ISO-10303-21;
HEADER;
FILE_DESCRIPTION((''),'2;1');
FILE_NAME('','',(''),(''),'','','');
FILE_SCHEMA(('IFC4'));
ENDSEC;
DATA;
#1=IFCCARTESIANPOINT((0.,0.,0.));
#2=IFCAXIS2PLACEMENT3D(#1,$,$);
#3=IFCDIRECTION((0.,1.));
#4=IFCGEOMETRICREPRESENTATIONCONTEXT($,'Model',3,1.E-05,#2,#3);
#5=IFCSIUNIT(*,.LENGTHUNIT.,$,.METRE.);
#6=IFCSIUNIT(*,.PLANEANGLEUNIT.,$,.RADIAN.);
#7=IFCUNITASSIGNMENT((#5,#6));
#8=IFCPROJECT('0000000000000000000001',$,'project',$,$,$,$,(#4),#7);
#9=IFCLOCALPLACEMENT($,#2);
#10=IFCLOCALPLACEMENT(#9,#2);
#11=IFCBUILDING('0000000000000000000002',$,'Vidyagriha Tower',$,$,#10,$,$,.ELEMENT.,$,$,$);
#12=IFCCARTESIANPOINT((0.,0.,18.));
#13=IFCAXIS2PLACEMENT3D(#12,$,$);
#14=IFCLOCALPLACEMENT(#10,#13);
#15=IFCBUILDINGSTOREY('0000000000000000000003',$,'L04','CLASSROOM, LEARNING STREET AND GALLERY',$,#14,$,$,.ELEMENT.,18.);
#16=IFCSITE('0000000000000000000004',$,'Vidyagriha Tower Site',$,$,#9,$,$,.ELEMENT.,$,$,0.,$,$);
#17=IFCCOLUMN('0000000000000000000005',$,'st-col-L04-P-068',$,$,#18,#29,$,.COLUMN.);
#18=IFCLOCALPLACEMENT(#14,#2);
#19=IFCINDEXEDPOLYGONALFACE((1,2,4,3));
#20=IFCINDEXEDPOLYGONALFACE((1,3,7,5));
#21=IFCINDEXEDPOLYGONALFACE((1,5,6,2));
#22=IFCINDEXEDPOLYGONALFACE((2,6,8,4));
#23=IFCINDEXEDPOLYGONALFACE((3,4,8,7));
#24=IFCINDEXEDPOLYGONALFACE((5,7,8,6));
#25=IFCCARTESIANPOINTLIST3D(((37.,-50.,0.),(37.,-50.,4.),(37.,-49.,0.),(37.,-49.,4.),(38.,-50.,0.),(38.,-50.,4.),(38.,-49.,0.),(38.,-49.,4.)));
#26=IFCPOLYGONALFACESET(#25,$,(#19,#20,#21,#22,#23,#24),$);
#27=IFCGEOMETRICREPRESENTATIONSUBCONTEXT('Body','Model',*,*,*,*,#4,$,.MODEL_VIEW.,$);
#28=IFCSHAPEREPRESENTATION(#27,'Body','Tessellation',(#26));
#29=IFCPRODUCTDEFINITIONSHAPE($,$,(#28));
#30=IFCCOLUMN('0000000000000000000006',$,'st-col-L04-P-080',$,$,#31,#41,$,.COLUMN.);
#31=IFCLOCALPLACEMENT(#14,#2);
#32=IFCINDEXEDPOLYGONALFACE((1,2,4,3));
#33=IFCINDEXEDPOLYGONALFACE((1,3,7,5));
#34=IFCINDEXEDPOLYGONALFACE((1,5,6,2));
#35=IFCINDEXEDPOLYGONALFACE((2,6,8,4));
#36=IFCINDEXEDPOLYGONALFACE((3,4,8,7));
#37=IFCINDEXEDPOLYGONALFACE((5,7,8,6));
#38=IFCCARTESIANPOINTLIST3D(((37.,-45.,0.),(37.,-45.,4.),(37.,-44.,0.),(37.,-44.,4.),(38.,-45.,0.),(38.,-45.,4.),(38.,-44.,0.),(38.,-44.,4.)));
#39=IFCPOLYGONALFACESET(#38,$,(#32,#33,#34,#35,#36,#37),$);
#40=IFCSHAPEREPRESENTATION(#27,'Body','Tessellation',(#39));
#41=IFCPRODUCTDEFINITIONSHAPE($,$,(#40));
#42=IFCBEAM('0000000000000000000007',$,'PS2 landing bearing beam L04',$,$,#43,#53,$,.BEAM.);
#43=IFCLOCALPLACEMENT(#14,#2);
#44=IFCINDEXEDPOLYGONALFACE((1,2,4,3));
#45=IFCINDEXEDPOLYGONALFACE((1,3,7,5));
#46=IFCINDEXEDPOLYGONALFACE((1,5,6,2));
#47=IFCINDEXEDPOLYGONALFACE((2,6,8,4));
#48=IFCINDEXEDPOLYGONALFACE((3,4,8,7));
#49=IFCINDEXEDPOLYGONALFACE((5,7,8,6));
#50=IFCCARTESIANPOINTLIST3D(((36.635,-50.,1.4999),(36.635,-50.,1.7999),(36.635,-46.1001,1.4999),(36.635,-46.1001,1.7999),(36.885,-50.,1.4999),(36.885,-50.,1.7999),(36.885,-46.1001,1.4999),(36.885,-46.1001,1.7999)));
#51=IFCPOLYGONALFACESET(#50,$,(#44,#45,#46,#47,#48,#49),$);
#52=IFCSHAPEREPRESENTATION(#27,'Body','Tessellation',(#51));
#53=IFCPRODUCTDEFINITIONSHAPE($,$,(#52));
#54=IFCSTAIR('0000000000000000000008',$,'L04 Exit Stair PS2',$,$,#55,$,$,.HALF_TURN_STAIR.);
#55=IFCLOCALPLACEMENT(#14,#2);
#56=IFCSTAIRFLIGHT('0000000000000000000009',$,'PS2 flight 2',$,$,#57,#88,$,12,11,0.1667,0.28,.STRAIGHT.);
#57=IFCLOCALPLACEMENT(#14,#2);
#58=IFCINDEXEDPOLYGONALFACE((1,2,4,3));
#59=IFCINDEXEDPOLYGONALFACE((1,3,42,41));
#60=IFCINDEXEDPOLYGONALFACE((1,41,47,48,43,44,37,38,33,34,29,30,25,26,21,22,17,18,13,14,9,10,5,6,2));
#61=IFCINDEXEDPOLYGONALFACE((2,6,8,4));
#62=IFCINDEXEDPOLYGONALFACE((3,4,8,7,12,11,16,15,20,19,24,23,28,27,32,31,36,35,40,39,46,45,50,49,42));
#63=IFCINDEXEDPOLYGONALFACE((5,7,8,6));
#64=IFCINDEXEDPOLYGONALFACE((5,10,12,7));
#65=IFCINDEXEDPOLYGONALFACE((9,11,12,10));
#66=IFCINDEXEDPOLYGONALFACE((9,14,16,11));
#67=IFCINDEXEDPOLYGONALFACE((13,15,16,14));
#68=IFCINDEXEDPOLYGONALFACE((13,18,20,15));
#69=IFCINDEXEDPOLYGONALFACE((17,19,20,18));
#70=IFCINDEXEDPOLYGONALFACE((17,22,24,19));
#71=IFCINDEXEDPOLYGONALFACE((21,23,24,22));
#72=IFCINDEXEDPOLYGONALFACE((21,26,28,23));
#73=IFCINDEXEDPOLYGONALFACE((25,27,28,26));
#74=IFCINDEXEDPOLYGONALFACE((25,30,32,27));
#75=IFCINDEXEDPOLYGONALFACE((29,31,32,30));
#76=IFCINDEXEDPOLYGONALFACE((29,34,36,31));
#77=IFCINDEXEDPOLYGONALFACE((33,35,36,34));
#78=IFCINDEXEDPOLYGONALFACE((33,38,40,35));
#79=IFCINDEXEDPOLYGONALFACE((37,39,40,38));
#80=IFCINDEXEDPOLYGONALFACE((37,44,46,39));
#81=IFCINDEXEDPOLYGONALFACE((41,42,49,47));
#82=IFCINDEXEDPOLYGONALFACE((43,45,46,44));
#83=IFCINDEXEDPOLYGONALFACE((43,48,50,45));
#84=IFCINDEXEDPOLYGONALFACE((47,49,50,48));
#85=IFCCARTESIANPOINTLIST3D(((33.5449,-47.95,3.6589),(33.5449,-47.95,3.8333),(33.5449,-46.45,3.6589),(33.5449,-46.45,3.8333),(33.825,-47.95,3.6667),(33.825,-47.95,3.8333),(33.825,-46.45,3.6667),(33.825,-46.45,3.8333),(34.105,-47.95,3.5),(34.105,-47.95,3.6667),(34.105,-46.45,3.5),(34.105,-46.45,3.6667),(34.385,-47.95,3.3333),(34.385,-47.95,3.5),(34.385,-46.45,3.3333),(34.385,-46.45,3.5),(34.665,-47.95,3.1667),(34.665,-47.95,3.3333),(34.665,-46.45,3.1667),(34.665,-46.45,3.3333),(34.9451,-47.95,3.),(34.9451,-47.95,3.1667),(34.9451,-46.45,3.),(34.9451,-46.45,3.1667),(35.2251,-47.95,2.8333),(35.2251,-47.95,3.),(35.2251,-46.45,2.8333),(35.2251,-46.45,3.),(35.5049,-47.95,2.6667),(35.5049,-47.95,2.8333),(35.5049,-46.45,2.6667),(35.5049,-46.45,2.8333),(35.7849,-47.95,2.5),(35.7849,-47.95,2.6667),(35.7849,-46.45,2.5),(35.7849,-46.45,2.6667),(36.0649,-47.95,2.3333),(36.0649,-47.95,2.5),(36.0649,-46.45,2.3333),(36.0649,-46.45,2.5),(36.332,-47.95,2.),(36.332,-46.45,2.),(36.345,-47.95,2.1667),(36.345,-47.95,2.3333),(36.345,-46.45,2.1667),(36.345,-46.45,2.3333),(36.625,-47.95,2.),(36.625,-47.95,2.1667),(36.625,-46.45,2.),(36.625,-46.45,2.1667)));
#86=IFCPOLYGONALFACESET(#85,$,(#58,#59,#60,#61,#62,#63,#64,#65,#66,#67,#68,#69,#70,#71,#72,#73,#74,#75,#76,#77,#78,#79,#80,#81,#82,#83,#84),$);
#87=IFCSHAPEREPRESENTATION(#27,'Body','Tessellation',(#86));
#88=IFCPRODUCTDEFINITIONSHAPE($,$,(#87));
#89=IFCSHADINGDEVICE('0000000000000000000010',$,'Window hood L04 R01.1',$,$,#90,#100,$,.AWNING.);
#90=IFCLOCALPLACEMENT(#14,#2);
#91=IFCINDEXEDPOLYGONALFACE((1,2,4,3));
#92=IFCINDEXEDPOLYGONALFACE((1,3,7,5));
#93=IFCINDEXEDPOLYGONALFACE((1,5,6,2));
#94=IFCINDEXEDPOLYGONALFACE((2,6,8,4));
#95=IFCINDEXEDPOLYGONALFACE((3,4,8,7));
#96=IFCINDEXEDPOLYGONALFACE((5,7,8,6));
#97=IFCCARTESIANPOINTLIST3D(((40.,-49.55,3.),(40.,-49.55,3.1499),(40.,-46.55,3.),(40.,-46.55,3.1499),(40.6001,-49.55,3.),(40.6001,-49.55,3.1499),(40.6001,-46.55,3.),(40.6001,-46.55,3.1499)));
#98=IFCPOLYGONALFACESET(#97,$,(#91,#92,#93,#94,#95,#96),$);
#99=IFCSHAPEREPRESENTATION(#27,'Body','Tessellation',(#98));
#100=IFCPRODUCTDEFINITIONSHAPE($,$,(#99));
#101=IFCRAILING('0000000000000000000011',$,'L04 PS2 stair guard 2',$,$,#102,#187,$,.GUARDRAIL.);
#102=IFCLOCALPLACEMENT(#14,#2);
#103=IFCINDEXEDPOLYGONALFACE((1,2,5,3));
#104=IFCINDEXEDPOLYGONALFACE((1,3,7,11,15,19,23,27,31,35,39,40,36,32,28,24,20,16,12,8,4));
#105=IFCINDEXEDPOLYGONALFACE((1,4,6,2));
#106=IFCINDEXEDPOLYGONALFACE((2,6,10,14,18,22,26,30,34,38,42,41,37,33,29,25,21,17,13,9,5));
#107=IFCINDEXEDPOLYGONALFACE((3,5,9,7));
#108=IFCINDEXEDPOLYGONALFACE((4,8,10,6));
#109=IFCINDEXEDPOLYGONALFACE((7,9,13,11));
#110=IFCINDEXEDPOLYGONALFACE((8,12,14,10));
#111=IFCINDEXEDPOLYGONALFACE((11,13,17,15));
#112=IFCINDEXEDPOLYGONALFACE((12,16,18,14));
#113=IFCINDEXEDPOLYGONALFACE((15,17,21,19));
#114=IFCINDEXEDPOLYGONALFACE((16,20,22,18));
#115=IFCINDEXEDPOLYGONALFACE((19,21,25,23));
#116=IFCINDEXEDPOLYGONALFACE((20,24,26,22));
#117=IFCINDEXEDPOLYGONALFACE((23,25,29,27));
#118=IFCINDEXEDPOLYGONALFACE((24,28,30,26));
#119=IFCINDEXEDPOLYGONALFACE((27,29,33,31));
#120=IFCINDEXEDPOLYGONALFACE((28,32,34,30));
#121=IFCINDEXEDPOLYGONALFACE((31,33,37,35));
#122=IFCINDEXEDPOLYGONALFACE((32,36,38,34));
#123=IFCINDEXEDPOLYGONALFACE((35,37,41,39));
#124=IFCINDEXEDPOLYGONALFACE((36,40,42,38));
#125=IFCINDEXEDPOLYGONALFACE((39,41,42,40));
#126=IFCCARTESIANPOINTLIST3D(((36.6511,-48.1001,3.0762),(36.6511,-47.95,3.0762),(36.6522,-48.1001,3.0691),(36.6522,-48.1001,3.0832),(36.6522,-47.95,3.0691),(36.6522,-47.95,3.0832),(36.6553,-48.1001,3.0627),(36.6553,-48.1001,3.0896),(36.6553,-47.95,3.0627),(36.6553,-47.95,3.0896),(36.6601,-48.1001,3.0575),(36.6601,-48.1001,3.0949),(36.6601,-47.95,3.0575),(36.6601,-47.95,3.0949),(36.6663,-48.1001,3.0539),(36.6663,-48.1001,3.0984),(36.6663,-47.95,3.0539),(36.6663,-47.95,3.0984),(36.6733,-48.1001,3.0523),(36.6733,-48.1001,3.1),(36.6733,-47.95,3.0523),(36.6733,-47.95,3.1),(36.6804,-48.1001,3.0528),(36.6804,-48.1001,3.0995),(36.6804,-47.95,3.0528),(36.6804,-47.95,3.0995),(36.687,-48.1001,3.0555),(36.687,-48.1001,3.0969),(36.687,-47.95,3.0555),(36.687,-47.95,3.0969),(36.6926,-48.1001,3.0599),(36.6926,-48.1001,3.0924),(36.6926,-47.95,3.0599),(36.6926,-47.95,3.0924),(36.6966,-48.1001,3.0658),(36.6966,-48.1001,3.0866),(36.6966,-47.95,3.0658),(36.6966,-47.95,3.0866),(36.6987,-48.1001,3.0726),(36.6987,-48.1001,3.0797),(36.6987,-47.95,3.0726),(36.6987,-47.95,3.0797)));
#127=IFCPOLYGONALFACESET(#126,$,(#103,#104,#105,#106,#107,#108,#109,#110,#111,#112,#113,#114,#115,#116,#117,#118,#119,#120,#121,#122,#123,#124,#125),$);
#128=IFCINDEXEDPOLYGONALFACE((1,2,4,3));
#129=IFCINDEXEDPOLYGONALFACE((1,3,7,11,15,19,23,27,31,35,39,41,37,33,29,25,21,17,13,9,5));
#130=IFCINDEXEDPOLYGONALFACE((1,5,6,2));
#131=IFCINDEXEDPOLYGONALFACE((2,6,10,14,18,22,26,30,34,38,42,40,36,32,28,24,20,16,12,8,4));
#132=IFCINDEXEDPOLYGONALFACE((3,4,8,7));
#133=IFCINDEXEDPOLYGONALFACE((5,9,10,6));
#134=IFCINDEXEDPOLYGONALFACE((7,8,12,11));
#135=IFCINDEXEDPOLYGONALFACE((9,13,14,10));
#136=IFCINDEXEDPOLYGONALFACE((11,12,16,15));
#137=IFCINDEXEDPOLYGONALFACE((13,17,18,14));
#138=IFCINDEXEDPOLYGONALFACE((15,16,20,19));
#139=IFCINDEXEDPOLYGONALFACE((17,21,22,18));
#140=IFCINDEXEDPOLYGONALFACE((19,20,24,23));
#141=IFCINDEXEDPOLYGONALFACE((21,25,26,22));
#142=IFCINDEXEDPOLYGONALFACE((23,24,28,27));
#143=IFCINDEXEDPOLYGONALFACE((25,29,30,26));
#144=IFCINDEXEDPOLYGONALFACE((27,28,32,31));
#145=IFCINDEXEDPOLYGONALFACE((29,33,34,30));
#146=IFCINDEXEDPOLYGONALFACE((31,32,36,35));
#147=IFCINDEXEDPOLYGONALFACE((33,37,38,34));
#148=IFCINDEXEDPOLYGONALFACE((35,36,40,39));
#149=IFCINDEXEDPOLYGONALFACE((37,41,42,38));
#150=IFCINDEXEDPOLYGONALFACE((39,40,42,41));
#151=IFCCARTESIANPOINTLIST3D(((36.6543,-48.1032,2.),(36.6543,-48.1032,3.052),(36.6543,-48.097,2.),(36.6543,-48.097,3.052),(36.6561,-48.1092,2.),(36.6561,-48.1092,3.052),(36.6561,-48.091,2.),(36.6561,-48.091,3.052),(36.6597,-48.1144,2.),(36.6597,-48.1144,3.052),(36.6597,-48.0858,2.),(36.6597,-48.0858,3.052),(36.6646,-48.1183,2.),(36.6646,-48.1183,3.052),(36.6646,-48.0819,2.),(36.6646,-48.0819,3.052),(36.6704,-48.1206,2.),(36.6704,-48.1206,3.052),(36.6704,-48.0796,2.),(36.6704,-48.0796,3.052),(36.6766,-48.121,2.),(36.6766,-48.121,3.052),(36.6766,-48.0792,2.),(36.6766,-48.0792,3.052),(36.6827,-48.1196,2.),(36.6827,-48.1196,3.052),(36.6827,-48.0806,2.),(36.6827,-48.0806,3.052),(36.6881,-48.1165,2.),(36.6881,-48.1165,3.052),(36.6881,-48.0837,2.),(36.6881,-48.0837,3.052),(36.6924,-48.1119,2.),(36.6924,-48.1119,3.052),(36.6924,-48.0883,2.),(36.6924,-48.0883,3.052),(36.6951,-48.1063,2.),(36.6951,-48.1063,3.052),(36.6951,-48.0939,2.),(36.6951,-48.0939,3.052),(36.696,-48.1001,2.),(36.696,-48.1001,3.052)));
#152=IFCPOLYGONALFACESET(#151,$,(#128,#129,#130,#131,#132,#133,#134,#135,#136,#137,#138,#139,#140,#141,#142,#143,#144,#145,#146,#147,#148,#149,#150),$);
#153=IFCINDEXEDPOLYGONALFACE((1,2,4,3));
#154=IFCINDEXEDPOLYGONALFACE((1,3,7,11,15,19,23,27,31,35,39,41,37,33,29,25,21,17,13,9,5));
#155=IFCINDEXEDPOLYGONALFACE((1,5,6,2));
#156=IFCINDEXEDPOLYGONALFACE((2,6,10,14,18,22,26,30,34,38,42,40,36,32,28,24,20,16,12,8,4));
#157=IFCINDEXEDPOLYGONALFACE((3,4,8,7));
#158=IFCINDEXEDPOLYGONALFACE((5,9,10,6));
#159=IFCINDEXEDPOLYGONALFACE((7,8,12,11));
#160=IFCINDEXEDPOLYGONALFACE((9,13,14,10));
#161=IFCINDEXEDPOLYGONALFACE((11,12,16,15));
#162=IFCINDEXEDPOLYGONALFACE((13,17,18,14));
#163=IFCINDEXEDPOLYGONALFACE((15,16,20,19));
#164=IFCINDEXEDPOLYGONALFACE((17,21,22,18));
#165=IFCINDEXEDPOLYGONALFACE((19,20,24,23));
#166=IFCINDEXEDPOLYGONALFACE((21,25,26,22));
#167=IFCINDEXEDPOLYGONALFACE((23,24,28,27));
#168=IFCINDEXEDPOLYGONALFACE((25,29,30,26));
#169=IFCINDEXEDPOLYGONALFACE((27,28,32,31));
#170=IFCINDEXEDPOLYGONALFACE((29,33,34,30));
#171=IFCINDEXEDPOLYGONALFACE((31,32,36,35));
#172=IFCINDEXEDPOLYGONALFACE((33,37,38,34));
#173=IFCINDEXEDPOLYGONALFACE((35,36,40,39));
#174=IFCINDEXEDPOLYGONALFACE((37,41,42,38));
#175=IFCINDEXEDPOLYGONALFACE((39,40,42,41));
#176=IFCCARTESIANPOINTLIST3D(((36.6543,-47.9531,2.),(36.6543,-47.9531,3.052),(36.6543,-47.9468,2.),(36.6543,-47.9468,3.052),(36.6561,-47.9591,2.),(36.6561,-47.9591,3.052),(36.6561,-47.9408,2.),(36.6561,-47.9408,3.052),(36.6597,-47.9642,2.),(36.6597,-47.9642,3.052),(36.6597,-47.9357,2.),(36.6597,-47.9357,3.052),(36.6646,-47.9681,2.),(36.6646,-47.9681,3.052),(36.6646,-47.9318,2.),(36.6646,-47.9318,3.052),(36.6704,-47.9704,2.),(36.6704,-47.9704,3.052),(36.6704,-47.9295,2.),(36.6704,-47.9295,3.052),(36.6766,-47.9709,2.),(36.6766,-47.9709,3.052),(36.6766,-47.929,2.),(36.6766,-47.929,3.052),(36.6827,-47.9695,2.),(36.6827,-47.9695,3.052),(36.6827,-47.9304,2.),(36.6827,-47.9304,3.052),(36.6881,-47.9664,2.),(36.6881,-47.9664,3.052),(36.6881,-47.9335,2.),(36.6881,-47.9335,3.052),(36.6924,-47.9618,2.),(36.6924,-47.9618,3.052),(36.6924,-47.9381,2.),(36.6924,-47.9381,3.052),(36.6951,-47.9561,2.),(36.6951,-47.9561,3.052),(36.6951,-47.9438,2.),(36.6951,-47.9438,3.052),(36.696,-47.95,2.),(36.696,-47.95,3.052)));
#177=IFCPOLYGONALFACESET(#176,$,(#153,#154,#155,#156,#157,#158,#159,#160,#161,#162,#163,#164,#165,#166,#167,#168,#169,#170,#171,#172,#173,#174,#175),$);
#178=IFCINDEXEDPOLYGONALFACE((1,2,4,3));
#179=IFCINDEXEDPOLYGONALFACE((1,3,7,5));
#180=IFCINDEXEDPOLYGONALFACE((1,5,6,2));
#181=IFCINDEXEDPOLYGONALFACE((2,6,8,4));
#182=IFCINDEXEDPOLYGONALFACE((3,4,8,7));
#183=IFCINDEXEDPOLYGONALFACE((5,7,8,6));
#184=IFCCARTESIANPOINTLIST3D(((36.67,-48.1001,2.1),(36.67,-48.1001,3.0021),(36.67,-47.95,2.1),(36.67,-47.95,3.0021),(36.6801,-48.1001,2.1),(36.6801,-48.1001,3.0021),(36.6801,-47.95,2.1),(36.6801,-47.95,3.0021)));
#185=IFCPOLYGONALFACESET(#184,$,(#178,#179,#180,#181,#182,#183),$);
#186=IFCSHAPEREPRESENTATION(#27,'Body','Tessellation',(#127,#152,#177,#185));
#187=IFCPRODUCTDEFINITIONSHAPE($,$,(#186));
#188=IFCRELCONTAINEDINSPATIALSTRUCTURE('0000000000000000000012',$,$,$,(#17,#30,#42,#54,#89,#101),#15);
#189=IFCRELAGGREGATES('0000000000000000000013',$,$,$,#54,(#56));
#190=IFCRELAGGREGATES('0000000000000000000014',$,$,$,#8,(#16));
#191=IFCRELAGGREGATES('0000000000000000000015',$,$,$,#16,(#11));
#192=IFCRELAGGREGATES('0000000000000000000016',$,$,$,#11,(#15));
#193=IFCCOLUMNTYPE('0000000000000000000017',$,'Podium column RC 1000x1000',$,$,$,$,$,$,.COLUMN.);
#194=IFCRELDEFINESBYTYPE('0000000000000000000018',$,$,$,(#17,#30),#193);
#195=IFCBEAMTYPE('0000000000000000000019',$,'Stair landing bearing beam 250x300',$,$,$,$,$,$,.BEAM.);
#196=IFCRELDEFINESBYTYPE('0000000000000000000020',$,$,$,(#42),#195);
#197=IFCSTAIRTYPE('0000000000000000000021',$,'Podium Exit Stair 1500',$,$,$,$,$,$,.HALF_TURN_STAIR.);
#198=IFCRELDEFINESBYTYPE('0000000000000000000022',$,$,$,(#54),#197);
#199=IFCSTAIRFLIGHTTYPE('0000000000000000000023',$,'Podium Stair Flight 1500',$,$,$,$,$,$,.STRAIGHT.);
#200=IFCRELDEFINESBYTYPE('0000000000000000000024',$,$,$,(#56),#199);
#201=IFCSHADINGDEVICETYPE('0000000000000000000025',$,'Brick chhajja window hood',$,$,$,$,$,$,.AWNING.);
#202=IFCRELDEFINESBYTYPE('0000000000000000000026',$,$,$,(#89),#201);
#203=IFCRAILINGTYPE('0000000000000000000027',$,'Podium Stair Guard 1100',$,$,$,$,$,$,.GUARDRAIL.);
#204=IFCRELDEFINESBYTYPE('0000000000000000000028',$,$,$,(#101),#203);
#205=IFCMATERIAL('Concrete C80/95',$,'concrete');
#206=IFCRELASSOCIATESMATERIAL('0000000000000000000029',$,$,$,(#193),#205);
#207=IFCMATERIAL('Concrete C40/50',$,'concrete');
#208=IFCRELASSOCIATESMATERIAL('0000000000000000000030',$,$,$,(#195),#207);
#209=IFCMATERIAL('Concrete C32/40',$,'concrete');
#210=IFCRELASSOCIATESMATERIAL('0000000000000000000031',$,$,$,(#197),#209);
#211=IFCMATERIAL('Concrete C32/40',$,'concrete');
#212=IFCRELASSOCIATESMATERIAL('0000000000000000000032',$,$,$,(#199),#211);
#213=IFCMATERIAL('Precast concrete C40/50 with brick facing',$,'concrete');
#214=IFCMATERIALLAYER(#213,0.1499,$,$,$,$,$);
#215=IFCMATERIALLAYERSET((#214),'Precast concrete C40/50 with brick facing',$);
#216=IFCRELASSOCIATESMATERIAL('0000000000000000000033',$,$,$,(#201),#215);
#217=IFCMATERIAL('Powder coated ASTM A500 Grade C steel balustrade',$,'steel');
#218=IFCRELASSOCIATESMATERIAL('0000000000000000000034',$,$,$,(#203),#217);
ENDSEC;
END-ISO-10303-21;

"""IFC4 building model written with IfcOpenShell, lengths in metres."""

from ifc_helpers import new_model, si_unit, direction, frame, origin, origin_2d, place, context, subcontext, project, spatial, polyline, rectangle, circle, outline, extrude, material, layer, layer_set, material_profile, profile_set, type_object, element, aggregate, save


model = new_model("IFC4")

# Units and contexts
model_context = context("Model", 3, precision=1e-05, world=origin(), true_north=direction((0.0, 1.0)))
body_context = subcontext(model_context, "Body", "Model", "MODEL_VIEW")
ifc_project = project(units=[si_unit("LENGTHUNIT", "METRE"), si_unit("PLANEANGLEUNIT", "RADIAN")], contexts=[model_context])

# Site, building, storey
site_placement = place(None, origin())
site = spatial("IfcSite", under=ifc_project, at=site_placement, Name="Vidyagriha Tower Site", CompositionType="ELEMENT", RefElevation=0.0)
building_placement = place(site_placement, origin())
building = spatial("IfcBuilding", under=site, at=building_placement, Name="Vidyagriha Tower", CompositionType="ELEMENT")
storey_placement = place(building_placement, frame((0.0, 0.0, 18.0)))
storey = spatial("IfcBuildingStorey", under=building, at=storey_placement, Name="L04", Description="CLASSROOM, LEARNING STREET AND GALLERY", CompositionType="ELEMENT", Elevation=18.0)

# Columns
ifc_material_1 = material(Name="Concrete C80/95", Category="concrete")
ifc_material_profile_1 = material_profile(ifc_material_1, rectangle(XDim=1.0, YDim=1.0, at=origin_2d()), Name="RC 1000x1000")
ifc_profile_set_1 = profile_set([ifc_material_profile_1], Name="Concrete C80/95")
column_type = type_object("IfcColumnType", Name="Podium column RC 1000x1000", PredefinedType="COLUMN", material=ifc_profile_set_1)
for number, where, name in (
    (1, (37.5, -49.5, 0.0), "st-col-L04-P-068"),
    (2, (37.5, -44.5, 0.0), "st-col-L04-P-080"),
):
    element("IfcColumn", number, at=place(storey_placement, frame(where)), inside=storey, type_object=column_type, Name=name, PredefinedType="COLUMN", context=body_context, shape_type="SweptSolid", body=[
        extrude(rectangle(XDim=1.0, YDim=1.0, at=origin_2d()), origin(), (0.0, 0.0, 1.0), 4.0),
    ])

# Beam
ifc_material_2 = material(Name="Concrete C40/50", Category="concrete")
ifc_material_profile_2 = material_profile(ifc_material_2, rectangle(XDim=0.25, YDim=0.3, at=origin_2d()), Name="Stair landing bearing beam 250x300")
ifc_profile_set_2 = profile_set([ifc_material_profile_2], Name="Concrete C40/50")
beam_type = type_object("IfcBeamType", Name="Stair landing bearing beam 250x300", PredefinedType="BEAM", material=ifc_profile_set_2)
beam_placement = place(storey_placement, frame((36.76, -50.0, 1.6499), z_axis=(0.0, 1.0, 0.0), x_axis=(-1.0, 0.0, 0.0)))
element("IfcBeam", 3, at=beam_placement, inside=storey, type_object=beam_type, Name="PS2 landing bearing beam L04", PredefinedType="BEAM", context=body_context, shape_type="SweptSolid", body=[
    extrude(rectangle(XDim=0.25, YDim=0.3, at=origin_2d()), origin(), (0.0, 0.0, 1.0), 3.8999),
])

# Stair, stair flight
ifc_material_3 = material(Name="Concrete C32/40", Category="concrete")
stair_type = type_object("IfcStairType", Name="Podium Exit Stair 1500", PredefinedType="HALF_TURN_STAIR", material=ifc_material_3)
stair_placement = place(storey_placement, origin())
stair = element("IfcStair", 4, at=stair_placement, inside=storey, type_object=stair_type, Name="L04 Exit Stair PS2", PredefinedType="HALF_TURN_STAIR")
ifc_material_4 = material(Name="Concrete C32/40", Category="concrete")
stair_flight_type = type_object("IfcStairFlightType", Name="Podium Stair Flight 1500", PredefinedType="STRAIGHT", material=ifc_material_4)
stair_flight_placement = place(storey_placement, frame((36.625, -47.2, 2.0), z_axis=(0.0, 0.0, 1.0), x_axis=(-1.0, 0.0, 0.0)))
stair_flight = element("IfcStairFlight", 5, at=stair_flight_placement, type_object=stair_flight_type, Name="PS2 flight 2", NumberOfRisers=12, NumberOfTreads=11, PredefinedType="STRAIGHT", RiserHeight=0.1667, TreadLength=0.28, context=body_context, shape_type="SweptSolid", body=[
    extrude(outline(polyline([(0.0, 0.0), (0.0, 0.1667), (0.28, 0.1667), (0.28, 0.3333), (0.5601, 0.3333), (0.5601, 0.5), (0.8401, 0.5), (0.8401, 0.6667), (1.1201, 0.6667), (1.1201, 0.8333), (1.3999, 0.8333), (1.3999, 1.0), (1.6799, 1.0), (1.6799, 1.1667), (1.96, 1.1667), (1.96, 1.3333), (2.24, 1.3333), (2.24, 1.5), (2.52, 1.5), (2.52, 1.6667), (2.8, 1.6667), (2.8, 1.8333), (3.0801, 1.8333), (3.0801, 2.0), (3.0801, 1.6589), (0.293, 0.0), (0.0, 0.0)])), frame((0.0, 0.75, 0.0), z_axis=(0.0, -1.0, 0.0), x_axis=(1.0, 0.0, 0.0)), (0.0, 0.0, 1.0), 1.5),
])
aggregate(stair, [stair_flight])

# Shading device
ifc_material_5 = material(Name="Precast concrete C40/50 with brick facing", Category="concrete")
ifc_layer_1 = layer(ifc_material_5, 0.1499)
ifc_layer_set_1 = layer_set([ifc_layer_1], Name="Precast concrete C40/50 with brick facing")
shading_device_type = type_object("IfcShadingDeviceType", Name="Brick chhajja window hood", PredefinedType="AWNING", material=ifc_layer_set_1)
shading_device_placement = place(storey_placement, frame((40.3, -48.05, 3.0), z_axis=(0.0, 0.0, 1.0), x_axis=(0.0, 1.0, 0.0)))
element("IfcShadingDevice", 6, at=shading_device_placement, inside=storey, type_object=shading_device_type, Name="Window hood L04 R01.1", PredefinedType="AWNING", context=body_context, shape_type="SweptSolid", body=[
    extrude(rectangle(XDim=3.0, YDim=0.6001, at=origin_2d()), origin(), (0.0, 0.0, 1.0), 0.1499),
])

# Railing
ifc_material_6 = material(Name="Powder coated ASTM A500 Grade C steel balustrade", Category="steel")
railing_type_1 = type_object("IfcRailingType", Name="Podium Stair Guard 1100", PredefinedType="GUARDRAIL", material=ifc_material_6)
railing_1_placement = place(storey_placement, frame((36.675, -48.1001, 2.0)))
element("IfcRailing", 7, at=railing_1_placement, inside=storey, type_object=railing_type_1, Name="L04 PS2 stair guard 2", PredefinedType="GUARDRAIL", context=body_context, shape_type="SweptSolid", body=[
    extrude(circle(Radius=0.0239, at=origin_2d()), frame((0.0, 0.0, 1.0762), z_axis=(0.0, 1.0, 0.0), x_axis=(-1.0, 0.0, 0.0)), (0.0, 0.0, 1.0), 0.1501),
    extrude(circle(Radius=0.021, at=origin_2d()), origin(), (0.0, 0.0, 1.0), 1.052),
    extrude(circle(Radius=0.021, at=origin_2d()), frame((0.0, 0.1501, 0.0)), (0.0, 0.0, 1.0), 1.052),
    extrude(rectangle(XDim=0.01, YDim=0.9021, at=origin_2d()), frame((0.0, 0.0, 0.551), z_axis=(0.0, 1.0, 0.0), x_axis=(-1.0, 0.0, 0.0)), (0.0, 0.0, 1.0), 0.1501),
])

save(model, "model.ifc")
